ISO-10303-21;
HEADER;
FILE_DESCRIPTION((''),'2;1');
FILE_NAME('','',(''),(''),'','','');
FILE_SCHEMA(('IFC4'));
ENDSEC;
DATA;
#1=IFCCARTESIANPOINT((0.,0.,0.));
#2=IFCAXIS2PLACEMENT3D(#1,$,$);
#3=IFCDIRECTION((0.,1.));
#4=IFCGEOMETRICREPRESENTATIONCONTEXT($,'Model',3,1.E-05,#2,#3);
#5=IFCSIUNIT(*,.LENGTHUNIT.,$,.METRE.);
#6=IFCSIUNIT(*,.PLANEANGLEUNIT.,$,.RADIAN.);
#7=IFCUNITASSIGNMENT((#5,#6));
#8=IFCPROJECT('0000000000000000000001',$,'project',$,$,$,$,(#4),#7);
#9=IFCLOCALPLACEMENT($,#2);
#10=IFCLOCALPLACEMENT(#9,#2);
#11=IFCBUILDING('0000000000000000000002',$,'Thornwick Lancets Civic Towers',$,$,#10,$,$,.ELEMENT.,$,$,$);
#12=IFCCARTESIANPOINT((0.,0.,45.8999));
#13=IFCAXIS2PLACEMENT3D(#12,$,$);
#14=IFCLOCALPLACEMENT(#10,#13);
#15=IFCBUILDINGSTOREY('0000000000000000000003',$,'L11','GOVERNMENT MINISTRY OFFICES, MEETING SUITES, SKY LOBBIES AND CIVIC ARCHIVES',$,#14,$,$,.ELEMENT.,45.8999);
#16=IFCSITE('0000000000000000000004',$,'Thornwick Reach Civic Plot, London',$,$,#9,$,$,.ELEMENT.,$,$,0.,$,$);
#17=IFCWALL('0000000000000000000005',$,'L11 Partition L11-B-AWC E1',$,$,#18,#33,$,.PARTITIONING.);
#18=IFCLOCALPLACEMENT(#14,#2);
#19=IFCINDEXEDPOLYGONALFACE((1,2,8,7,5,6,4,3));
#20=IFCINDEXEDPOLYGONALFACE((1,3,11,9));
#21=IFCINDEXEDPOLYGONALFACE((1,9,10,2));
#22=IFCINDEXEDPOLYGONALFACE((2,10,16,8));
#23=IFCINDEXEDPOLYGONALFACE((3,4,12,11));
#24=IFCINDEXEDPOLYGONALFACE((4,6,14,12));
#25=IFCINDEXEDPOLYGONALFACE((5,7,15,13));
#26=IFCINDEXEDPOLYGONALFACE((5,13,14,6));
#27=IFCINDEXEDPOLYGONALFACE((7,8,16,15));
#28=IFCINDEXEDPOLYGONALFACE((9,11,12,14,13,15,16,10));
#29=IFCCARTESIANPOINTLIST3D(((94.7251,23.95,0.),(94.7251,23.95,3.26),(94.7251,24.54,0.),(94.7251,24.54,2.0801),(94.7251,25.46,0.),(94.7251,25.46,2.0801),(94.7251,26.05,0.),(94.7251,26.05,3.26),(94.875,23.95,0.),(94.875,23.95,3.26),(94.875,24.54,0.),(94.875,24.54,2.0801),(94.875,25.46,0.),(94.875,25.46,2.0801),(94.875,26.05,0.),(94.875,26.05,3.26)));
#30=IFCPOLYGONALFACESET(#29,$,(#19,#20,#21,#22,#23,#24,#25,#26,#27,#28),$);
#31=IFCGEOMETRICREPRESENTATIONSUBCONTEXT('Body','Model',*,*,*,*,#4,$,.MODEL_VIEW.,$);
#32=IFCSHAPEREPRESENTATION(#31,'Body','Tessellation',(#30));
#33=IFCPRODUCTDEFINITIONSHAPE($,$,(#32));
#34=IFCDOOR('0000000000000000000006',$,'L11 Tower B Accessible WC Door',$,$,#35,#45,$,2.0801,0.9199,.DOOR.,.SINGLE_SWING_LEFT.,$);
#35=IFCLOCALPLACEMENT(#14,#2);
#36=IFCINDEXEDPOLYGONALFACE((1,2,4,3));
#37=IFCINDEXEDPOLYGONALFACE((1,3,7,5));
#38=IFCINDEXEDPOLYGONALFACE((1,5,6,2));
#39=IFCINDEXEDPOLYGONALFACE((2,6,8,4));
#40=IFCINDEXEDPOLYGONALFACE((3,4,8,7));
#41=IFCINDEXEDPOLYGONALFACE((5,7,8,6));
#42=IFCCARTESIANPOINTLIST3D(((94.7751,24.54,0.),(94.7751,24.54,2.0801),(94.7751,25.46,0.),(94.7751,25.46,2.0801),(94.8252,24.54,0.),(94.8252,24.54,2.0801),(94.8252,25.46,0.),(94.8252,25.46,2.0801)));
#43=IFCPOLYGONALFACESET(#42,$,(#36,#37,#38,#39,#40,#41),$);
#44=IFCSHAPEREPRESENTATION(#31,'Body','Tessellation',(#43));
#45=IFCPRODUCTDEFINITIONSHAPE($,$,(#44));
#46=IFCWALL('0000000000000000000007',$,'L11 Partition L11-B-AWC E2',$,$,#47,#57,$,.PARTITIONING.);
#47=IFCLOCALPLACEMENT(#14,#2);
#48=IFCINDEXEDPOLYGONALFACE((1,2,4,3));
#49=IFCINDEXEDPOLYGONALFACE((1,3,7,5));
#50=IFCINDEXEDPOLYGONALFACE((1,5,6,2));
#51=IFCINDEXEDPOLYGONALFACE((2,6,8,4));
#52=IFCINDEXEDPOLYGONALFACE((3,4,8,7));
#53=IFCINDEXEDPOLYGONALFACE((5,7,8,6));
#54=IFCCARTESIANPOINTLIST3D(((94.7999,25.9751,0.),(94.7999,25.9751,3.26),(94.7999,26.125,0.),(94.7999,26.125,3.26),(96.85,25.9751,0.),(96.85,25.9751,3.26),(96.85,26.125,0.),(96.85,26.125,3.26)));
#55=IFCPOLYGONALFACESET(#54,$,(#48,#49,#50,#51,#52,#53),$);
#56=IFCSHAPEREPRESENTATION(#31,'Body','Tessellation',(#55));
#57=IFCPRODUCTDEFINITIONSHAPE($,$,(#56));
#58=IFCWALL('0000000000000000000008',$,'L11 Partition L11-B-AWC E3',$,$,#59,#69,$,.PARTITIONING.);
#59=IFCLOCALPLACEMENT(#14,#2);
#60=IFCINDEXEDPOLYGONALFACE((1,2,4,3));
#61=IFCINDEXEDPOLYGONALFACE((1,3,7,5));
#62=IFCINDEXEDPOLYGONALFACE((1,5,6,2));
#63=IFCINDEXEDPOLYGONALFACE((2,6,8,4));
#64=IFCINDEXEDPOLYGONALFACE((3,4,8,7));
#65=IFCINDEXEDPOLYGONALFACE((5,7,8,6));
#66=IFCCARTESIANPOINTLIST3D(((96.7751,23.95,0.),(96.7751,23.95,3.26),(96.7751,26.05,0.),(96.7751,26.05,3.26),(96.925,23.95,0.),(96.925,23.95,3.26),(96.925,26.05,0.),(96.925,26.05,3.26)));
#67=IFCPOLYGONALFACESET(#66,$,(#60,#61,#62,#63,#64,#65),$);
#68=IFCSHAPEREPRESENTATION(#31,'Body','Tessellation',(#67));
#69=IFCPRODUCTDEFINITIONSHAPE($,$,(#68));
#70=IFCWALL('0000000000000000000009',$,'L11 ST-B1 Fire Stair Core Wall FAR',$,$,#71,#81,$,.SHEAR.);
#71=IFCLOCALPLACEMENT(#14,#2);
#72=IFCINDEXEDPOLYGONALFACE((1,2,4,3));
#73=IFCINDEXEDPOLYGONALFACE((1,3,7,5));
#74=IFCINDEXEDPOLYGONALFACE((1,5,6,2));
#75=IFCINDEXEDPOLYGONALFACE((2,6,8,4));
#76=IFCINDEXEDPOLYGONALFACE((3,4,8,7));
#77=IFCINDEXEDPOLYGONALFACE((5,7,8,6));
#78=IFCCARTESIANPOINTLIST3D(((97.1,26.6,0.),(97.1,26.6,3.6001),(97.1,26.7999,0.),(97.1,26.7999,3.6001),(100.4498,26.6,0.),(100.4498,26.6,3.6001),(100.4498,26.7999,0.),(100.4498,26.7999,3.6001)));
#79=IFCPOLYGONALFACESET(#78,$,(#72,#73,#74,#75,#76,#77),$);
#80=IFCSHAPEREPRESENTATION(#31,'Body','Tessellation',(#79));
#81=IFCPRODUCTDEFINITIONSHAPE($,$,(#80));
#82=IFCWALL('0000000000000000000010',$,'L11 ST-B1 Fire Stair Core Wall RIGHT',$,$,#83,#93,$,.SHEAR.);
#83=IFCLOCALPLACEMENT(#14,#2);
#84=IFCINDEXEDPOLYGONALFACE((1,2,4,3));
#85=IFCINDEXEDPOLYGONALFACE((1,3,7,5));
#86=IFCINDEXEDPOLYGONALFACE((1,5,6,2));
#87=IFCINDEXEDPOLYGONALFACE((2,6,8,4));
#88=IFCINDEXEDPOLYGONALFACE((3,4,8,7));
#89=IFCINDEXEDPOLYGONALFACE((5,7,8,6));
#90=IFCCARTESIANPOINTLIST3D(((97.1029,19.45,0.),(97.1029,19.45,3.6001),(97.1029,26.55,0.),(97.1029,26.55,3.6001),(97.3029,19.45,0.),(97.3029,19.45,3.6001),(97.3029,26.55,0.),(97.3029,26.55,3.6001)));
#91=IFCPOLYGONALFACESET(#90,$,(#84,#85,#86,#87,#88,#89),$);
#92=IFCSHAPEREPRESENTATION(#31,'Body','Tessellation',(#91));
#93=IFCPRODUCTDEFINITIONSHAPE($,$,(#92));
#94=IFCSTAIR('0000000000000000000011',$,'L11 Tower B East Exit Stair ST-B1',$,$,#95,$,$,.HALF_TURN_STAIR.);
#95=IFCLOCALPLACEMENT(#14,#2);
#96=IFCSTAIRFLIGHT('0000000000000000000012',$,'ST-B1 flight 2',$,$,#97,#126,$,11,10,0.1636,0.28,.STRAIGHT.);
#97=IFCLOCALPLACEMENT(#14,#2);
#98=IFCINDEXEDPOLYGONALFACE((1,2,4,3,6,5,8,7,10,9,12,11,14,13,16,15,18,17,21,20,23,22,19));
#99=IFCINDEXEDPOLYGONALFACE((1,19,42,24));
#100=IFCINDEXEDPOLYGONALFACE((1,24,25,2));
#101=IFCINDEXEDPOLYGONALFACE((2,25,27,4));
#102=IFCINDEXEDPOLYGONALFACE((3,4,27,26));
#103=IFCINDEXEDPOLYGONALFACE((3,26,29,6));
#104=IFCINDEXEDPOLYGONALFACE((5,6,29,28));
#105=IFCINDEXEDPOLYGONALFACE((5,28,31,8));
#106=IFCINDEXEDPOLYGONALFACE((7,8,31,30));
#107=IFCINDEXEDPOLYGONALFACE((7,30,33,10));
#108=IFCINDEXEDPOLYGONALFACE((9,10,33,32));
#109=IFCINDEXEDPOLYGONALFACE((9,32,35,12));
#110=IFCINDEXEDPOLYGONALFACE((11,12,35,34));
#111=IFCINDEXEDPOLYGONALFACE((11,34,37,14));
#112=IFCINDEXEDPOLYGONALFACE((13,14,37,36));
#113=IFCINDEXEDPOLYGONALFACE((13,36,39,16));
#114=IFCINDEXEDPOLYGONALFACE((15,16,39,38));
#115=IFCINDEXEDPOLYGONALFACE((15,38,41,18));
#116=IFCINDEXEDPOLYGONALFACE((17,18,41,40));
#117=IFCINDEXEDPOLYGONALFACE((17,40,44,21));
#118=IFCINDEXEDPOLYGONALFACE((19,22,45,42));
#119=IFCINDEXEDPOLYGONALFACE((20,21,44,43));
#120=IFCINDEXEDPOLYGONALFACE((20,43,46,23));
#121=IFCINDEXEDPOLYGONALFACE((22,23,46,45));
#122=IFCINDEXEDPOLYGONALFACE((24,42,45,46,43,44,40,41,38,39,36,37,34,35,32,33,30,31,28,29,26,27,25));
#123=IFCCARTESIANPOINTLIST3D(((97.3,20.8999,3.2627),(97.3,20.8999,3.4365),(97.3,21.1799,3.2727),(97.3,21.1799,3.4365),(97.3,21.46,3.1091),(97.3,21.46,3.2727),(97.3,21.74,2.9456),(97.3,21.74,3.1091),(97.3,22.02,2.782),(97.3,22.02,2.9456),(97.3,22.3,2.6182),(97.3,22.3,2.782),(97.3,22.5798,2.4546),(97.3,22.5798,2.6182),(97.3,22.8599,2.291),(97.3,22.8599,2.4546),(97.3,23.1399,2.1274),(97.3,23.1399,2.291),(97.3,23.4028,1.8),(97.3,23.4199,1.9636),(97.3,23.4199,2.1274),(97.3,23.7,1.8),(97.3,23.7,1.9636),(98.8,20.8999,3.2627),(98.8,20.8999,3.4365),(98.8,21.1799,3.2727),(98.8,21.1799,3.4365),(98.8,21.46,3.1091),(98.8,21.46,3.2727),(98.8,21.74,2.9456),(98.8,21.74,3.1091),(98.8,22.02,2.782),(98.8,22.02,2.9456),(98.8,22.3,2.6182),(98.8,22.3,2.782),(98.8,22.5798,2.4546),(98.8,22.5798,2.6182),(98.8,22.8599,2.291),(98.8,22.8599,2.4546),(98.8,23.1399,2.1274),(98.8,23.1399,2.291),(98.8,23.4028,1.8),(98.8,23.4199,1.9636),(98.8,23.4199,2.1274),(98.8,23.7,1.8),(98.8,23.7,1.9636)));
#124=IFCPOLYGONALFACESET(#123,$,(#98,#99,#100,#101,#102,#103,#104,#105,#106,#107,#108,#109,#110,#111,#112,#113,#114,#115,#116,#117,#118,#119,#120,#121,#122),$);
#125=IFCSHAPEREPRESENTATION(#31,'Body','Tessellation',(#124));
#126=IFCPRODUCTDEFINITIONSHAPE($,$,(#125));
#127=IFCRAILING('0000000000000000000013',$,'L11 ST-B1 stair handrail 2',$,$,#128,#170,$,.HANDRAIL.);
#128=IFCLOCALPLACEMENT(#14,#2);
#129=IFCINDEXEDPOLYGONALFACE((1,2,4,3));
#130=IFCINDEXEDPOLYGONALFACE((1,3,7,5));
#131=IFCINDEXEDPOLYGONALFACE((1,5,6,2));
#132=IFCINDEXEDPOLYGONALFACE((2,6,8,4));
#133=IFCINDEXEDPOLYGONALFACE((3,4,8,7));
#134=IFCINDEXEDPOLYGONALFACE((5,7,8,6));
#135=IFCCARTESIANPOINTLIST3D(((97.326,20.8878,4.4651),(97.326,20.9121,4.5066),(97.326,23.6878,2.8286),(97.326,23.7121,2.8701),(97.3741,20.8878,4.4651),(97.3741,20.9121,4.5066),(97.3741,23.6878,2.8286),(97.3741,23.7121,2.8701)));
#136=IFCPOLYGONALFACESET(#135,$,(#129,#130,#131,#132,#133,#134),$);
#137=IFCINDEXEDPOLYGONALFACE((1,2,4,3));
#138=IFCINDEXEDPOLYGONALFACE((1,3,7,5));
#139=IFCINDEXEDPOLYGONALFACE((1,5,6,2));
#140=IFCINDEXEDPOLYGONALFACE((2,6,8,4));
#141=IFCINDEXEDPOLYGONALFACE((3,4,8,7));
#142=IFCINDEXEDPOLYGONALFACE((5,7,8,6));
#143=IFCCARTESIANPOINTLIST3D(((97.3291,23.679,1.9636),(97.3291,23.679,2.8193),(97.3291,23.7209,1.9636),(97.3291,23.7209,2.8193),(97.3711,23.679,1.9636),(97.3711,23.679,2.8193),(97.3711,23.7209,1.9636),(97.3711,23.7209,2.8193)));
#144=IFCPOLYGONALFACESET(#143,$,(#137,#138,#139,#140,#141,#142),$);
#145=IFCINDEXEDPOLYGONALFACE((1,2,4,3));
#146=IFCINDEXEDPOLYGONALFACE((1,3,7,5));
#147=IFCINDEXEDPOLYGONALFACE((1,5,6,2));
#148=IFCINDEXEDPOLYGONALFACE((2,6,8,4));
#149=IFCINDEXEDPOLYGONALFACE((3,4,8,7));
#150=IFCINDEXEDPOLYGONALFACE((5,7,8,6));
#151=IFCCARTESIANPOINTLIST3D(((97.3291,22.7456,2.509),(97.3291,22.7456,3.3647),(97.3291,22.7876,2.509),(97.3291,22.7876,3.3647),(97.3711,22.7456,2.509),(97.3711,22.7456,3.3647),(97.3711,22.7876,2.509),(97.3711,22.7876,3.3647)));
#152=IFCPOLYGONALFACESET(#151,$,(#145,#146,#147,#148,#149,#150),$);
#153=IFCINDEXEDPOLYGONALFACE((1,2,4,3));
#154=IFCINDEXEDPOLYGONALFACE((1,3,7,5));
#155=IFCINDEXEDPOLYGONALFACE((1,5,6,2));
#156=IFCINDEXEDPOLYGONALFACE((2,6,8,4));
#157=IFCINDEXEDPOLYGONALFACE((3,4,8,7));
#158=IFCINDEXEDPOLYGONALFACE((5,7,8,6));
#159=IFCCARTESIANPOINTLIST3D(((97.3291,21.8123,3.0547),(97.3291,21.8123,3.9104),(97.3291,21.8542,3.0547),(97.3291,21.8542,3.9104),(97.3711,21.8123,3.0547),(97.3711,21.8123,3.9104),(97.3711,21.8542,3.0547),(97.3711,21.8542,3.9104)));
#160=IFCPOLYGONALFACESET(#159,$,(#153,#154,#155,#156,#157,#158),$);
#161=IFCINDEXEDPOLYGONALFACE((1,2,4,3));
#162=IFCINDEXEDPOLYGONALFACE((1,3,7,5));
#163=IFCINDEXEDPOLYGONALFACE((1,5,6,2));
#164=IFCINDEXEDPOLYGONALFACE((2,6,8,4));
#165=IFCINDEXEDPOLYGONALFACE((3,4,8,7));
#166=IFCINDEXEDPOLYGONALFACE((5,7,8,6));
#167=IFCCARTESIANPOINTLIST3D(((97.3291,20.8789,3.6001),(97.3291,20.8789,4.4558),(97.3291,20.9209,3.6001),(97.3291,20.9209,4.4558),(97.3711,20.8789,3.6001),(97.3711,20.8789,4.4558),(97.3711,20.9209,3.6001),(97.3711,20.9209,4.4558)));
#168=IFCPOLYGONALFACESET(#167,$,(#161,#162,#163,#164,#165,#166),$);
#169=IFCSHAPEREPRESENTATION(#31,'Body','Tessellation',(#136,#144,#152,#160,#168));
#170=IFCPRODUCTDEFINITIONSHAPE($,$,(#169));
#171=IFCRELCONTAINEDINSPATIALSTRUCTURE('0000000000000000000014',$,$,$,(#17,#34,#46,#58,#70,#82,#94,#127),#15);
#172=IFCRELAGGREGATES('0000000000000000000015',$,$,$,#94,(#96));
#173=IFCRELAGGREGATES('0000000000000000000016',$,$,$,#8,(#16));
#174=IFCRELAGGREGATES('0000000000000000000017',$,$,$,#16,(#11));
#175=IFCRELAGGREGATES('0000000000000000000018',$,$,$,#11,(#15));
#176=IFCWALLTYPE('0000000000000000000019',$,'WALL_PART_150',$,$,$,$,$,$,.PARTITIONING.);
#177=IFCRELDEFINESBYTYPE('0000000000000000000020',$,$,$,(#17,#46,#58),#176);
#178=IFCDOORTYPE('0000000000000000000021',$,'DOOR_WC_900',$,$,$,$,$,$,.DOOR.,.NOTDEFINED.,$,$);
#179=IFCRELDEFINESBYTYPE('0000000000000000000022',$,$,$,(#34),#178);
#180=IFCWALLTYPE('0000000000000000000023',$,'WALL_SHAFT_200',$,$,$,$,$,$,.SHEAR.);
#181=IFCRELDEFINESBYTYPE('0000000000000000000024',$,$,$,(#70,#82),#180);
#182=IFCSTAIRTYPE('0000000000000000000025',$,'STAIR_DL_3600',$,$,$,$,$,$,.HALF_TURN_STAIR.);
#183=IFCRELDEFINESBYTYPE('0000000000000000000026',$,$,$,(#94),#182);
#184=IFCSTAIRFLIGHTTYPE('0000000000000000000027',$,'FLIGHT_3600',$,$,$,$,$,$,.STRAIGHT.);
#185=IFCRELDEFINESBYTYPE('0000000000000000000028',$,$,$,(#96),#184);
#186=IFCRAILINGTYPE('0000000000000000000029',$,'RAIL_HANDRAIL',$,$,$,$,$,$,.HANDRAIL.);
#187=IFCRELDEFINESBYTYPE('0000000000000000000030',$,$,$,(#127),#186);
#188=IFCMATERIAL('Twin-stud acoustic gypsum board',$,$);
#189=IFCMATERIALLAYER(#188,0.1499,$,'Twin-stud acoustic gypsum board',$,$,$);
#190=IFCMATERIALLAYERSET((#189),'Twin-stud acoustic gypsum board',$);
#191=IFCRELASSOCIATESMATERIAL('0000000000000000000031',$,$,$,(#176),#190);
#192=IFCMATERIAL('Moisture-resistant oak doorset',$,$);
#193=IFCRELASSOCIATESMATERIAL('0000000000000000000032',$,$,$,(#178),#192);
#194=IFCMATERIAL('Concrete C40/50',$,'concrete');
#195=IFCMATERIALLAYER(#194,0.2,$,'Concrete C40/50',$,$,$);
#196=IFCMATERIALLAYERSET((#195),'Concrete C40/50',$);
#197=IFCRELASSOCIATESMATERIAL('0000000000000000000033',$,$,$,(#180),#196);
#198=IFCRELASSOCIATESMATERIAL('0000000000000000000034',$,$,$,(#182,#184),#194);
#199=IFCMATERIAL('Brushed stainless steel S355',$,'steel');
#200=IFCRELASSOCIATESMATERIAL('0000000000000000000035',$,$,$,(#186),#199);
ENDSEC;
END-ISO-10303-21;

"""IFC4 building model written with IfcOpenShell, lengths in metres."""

from ifc_helpers import new_model, si_unit, direction, frame, frame_2d, origin, origin_2d, place, context, subcontext, project, spatial, polyline, rectangle, outline, extrude, material, layer, layer_set, type_object, element, fill, aggregate, save


model = new_model("IFC4")

# Units and contexts
model_context = context("Model", 3, precision=1e-05, world=origin(), true_north=direction((0.0, 1.0)))
body_context = subcontext(model_context, "Body", "Model", "MODEL_VIEW")
ifc_project = project(units=[si_unit("LENGTHUNIT", "METRE"), si_unit("PLANEANGLEUNIT", "RADIAN")], contexts=[model_context])

# Site, building, storey
site_placement = place(None, origin())
site = spatial("IfcSite", under=ifc_project, at=site_placement, Name="Thornwick Reach Civic Plot, London", CompositionType="ELEMENT", RefElevation=0.0)
building_placement = place(site_placement, origin())
building = spatial("IfcBuilding", under=site, at=building_placement, Name="Thornwick Lancets Civic Towers", CompositionType="ELEMENT")
storey_placement = place(building_placement, frame((0.0, 0.0, 45.8999)))
storey = spatial("IfcBuildingStorey", under=building, at=storey_placement, Name="L11", Description="GOVERNMENT MINISTRY OFFICES, MEETING SUITES, SKY LOBBIES AND CIVIC ARCHIVES", CompositionType="ELEMENT", Elevation=45.8999)

# Shared definitions
ifc_material_1 = material(Name="Twin-stud acoustic gypsum board")
ifc_layer_1 = layer(ifc_material_1, 0.1499, Name="Twin-stud acoustic gypsum board")
ifc_layer_set_1 = layer_set([ifc_layer_1], Name="Twin-stud acoustic gypsum board")
wall_type_1 = type_object("IfcWallType", Name="WALL_PART_150", PredefinedType="PARTITIONING", material=ifc_layer_set_1)

# Wall, opening, door
ifc_material_2 = material(Name="Moisture-resistant oak doorset")
door_type_1 = type_object("IfcDoorType", Name="DOOR_WC_900", OperationType="NOTDEFINED", PredefinedType="DOOR", material=ifc_material_2)
wall_1_placement = place(storey_placement, frame((94.8, 23.95, 0.0), z_axis=(0.0, 0.0, 1.0), x_axis=(0.0, 1.0, 0.0)))
wall_1 = element("IfcWall", 1, at=wall_1_placement, inside=storey, type_object=wall_type_1, Name="L11 Partition L11-B-AWC E1", PredefinedType="PARTITIONING", context=body_context, shape_type="SweptSolid", body=[
    extrude(rectangle(XDim=2.1001, YDim=0.1499, at=frame_2d((1.05, 0.0))), origin(), (0.0, 0.0, 1.0), 3.26),
])
opening_1_placement = place(wall_1_placement, frame((0.5901, 0.0, 0.0)))
opening_1 = element("IfcOpeningElement", 2, at=opening_1_placement, cuts=wall_1, PredefinedType="OPENING", context=body_context, shape_type="SweptSolid", body=[
    extrude(rectangle(XDim=0.9199, YDim=2.0801, at=frame_2d((0.46, 1.04))), frame((0.0, 0.085, 0.0), z_axis=(0.0, -1.0, 0.0), x_axis=(1.0, 0.0, 0.0)), (0.0, 0.0, 1.0), 0.1699),
])
door_1_placement = place(opening_1_placement, origin())
door_1 = element("IfcDoor", 3, at=door_1_placement, inside=storey, type_object=door_type_1, Name="L11 Tower B Accessible WC Door", OperationType="SINGLE_SWING_LEFT", OverallHeight=2.0801, OverallWidth=0.9199, PredefinedType="DOOR", context=body_context, shape_type="SweptSolid", body=[
    extrude(rectangle(XDim=0.9199, YDim=2.0801, at=frame_2d((0.46, 1.04))), frame((0.0, 0.0249, 0.0), z_axis=(0.0, -1.0, 0.0), x_axis=(1.0, 0.0, 0.0)), (0.0, 0.0, 1.0), 0.05),
])
fill(opening_1, door_1)

# Walls
wall_2_placement = place(storey_placement, frame((94.8, 26.05, 0.0), z_axis=(0.0, 0.0, 1.0), x_axis=(1.0, 0.0, 0.0)))
element("IfcWall", 4, at=wall_2_placement, inside=storey, type_object=wall_type_1, Name="L11 Partition L11-B-AWC E2", PredefinedType="PARTITIONING", context=body_context, shape_type="SweptSolid", body=[
    extrude(rectangle(XDim=2.05, YDim=0.1499, at=frame_2d((1.0249, 0.0))), origin(), (0.0, 0.0, 1.0), 3.26),
])
wall_3_placement = place(storey_placement, frame((96.8501, 26.05, 0.0), z_axis=(0.0, 0.0, 1.0), x_axis=(0.0, -1.0, 0.0)))
element("IfcWall", 5, at=wall_3_placement, inside=storey, type_object=wall_type_1, Name="L11 Partition L11-B-AWC E3", PredefinedType="PARTITIONING", context=body_context, shape_type="SweptSolid", body=[
    extrude(rectangle(XDim=2.1001, YDim=0.1499, at=frame_2d((1.05, 0.0))), origin(), (0.0, 0.0, 1.0), 3.26),
])
ifc_material_3 = material(Name="Concrete C40/50", Category="concrete")
ifc_layer_2 = layer(ifc_material_3, 0.2, Name="Concrete C40/50")
ifc_layer_set_2 = layer_set([ifc_layer_2], Name="Concrete C40/50")
wall_type_2 = type_object("IfcWallType", Name="WALL_SHAFT_200", PredefinedType="SHEAR", material=ifc_layer_set_2)
wall_4_placement = place(storey_placement, frame((97.1001, 26.7, 0.0), z_axis=(0.0, 0.0, 1.0), x_axis=(1.0, 0.0, 0.0)))
element("IfcWall", 6, at=wall_4_placement, inside=storey, type_object=wall_type_2, Name="L11 ST-B1 Fire Stair Core Wall FAR", PredefinedType="SHEAR", context=body_context, shape_type="SweptSolid", body=[
    extrude(rectangle(XDim=3.3499, YDim=0.2, at=frame_2d((1.6748, 0.0))), origin(), (0.0, 0.0, 1.0), 3.6001),
])
wall_5_placement = place(storey_placement, frame((97.2029, 26.55, 0.0), z_axis=(0.0, 0.0, 1.0), x_axis=(0.0, -1.0, 0.0)))
element("IfcWall", 7, at=wall_5_placement, inside=storey, type_object=wall_type_2, Name="L11 ST-B1 Fire Stair Core Wall RIGHT", PredefinedType="SHEAR", context=body_context, shape_type="SweptSolid", body=[
    extrude(rectangle(XDim=7.1001, YDim=0.2, at=frame_2d((3.55, 0.0))), origin(), (0.0, 0.0, 1.0), 3.6001),
])

# Stair, stair flight
stair_type = type_object("IfcStairType", Name="STAIR_DL_3600", PredefinedType="HALF_TURN_STAIR", material=ifc_material_3)
stair_placement = place(storey_placement, origin())
stair = element("IfcStair", 8, at=stair_placement, inside=storey, type_object=stair_type, Name="L11 Tower B East Exit Stair ST-B1", PredefinedType="HALF_TURN_STAIR")
stair_flight_type = type_object("IfcStairFlightType", Name="FLIGHT_3600", PredefinedType="STRAIGHT", material=ifc_material_3)
stair_flight_placement = place(storey_placement, frame((98.05, 23.7, 1.8), z_axis=(0.0, 0.0, 1.0), x_axis=(0.0, -1.0, 0.0)))
stair_flight = element("IfcStairFlight", 9, at=stair_flight_placement, type_object=stair_flight_type, Name="ST-B1 flight 2", NumberOfRisers=11, NumberOfTreads=10, PredefinedType="STRAIGHT", RiserHeight=0.1636, TreadLength=0.28, context=body_context, shape_type="SweptSolid", body=[
    extrude(outline(polyline([(0.0, 0.0), (0.0, 0.1636), (0.28, 0.1636), (0.28, 0.3274), (0.5601, 0.3274), (0.5601, 0.491), (0.8401, 0.491), (0.8401, 0.6545), (1.1201, 0.6545), (1.1201, 0.8181), (1.3999, 0.8181), (1.3999, 0.9819), (1.6799, 0.9819), (1.6799, 1.1455), (1.96, 1.1455), (1.96, 1.3091), (2.24, 1.3091), (2.24, 1.4727), (2.52, 1.4727), (2.52, 1.6365), (2.8, 1.6365), (2.8, 1.8), (2.8, 1.4626), (0.2971, 0.0), (0.0, 0.0)])), frame((0.0, 0.75, 0.0), z_axis=(0.0, -1.0, 0.0), x_axis=(1.0, 0.0, 0.0)), (0.0, 0.0, 1.0), 1.5),
])
aggregate(stair, [stair_flight])

# Railing
ifc_material_4 = material(Name="Brushed stainless steel S355", Category="steel")
railing_type = type_object("IfcRailingType", Name="RAIL_HANDRAIL", PredefinedType="HANDRAIL", material=ifc_material_4)
railing_placement = place(storey_placement, frame((97.3501, 23.7, 1.9636)))
element("IfcRailing", 10, at=railing_placement, inside=storey, type_object=railing_type, Name="L11 ST-B1 stair handrail 2", PredefinedType="HANDRAIL", context=body_context, shape_type="SweptSolid", body=[
    extrude(rectangle(XDim=0.0481, YDim=0.0481, at=origin_2d()), frame((0.0, 0.0, 0.8857), z_axis=(0.0, -0.863361, 0.504587), x_axis=(1.0, 0.0, 0.0)), (0.0, 0.0, 1.0), 3.2432),
    extrude(rectangle(XDim=0.042, YDim=0.042, at=origin_2d()), origin(), (0.0, 0.0, 1.0), 0.8557),
    extrude(rectangle(XDim=0.042, YDim=0.042, at=origin_2d()), frame((0.0, -0.9333, 0.5454)), (0.0, 0.0, 1.0), 0.8557),
    extrude(rectangle(XDim=0.042, YDim=0.042, at=origin_2d()), frame((0.0, -1.8667, 1.0911)), (0.0, 0.0, 1.0), 0.8557),
    extrude(rectangle(XDim=0.042, YDim=0.042, at=origin_2d()), frame((0.0, -2.8, 1.6365)), (0.0, 0.0, 1.0), 0.8557),
])

save(model, "model.ifc")
